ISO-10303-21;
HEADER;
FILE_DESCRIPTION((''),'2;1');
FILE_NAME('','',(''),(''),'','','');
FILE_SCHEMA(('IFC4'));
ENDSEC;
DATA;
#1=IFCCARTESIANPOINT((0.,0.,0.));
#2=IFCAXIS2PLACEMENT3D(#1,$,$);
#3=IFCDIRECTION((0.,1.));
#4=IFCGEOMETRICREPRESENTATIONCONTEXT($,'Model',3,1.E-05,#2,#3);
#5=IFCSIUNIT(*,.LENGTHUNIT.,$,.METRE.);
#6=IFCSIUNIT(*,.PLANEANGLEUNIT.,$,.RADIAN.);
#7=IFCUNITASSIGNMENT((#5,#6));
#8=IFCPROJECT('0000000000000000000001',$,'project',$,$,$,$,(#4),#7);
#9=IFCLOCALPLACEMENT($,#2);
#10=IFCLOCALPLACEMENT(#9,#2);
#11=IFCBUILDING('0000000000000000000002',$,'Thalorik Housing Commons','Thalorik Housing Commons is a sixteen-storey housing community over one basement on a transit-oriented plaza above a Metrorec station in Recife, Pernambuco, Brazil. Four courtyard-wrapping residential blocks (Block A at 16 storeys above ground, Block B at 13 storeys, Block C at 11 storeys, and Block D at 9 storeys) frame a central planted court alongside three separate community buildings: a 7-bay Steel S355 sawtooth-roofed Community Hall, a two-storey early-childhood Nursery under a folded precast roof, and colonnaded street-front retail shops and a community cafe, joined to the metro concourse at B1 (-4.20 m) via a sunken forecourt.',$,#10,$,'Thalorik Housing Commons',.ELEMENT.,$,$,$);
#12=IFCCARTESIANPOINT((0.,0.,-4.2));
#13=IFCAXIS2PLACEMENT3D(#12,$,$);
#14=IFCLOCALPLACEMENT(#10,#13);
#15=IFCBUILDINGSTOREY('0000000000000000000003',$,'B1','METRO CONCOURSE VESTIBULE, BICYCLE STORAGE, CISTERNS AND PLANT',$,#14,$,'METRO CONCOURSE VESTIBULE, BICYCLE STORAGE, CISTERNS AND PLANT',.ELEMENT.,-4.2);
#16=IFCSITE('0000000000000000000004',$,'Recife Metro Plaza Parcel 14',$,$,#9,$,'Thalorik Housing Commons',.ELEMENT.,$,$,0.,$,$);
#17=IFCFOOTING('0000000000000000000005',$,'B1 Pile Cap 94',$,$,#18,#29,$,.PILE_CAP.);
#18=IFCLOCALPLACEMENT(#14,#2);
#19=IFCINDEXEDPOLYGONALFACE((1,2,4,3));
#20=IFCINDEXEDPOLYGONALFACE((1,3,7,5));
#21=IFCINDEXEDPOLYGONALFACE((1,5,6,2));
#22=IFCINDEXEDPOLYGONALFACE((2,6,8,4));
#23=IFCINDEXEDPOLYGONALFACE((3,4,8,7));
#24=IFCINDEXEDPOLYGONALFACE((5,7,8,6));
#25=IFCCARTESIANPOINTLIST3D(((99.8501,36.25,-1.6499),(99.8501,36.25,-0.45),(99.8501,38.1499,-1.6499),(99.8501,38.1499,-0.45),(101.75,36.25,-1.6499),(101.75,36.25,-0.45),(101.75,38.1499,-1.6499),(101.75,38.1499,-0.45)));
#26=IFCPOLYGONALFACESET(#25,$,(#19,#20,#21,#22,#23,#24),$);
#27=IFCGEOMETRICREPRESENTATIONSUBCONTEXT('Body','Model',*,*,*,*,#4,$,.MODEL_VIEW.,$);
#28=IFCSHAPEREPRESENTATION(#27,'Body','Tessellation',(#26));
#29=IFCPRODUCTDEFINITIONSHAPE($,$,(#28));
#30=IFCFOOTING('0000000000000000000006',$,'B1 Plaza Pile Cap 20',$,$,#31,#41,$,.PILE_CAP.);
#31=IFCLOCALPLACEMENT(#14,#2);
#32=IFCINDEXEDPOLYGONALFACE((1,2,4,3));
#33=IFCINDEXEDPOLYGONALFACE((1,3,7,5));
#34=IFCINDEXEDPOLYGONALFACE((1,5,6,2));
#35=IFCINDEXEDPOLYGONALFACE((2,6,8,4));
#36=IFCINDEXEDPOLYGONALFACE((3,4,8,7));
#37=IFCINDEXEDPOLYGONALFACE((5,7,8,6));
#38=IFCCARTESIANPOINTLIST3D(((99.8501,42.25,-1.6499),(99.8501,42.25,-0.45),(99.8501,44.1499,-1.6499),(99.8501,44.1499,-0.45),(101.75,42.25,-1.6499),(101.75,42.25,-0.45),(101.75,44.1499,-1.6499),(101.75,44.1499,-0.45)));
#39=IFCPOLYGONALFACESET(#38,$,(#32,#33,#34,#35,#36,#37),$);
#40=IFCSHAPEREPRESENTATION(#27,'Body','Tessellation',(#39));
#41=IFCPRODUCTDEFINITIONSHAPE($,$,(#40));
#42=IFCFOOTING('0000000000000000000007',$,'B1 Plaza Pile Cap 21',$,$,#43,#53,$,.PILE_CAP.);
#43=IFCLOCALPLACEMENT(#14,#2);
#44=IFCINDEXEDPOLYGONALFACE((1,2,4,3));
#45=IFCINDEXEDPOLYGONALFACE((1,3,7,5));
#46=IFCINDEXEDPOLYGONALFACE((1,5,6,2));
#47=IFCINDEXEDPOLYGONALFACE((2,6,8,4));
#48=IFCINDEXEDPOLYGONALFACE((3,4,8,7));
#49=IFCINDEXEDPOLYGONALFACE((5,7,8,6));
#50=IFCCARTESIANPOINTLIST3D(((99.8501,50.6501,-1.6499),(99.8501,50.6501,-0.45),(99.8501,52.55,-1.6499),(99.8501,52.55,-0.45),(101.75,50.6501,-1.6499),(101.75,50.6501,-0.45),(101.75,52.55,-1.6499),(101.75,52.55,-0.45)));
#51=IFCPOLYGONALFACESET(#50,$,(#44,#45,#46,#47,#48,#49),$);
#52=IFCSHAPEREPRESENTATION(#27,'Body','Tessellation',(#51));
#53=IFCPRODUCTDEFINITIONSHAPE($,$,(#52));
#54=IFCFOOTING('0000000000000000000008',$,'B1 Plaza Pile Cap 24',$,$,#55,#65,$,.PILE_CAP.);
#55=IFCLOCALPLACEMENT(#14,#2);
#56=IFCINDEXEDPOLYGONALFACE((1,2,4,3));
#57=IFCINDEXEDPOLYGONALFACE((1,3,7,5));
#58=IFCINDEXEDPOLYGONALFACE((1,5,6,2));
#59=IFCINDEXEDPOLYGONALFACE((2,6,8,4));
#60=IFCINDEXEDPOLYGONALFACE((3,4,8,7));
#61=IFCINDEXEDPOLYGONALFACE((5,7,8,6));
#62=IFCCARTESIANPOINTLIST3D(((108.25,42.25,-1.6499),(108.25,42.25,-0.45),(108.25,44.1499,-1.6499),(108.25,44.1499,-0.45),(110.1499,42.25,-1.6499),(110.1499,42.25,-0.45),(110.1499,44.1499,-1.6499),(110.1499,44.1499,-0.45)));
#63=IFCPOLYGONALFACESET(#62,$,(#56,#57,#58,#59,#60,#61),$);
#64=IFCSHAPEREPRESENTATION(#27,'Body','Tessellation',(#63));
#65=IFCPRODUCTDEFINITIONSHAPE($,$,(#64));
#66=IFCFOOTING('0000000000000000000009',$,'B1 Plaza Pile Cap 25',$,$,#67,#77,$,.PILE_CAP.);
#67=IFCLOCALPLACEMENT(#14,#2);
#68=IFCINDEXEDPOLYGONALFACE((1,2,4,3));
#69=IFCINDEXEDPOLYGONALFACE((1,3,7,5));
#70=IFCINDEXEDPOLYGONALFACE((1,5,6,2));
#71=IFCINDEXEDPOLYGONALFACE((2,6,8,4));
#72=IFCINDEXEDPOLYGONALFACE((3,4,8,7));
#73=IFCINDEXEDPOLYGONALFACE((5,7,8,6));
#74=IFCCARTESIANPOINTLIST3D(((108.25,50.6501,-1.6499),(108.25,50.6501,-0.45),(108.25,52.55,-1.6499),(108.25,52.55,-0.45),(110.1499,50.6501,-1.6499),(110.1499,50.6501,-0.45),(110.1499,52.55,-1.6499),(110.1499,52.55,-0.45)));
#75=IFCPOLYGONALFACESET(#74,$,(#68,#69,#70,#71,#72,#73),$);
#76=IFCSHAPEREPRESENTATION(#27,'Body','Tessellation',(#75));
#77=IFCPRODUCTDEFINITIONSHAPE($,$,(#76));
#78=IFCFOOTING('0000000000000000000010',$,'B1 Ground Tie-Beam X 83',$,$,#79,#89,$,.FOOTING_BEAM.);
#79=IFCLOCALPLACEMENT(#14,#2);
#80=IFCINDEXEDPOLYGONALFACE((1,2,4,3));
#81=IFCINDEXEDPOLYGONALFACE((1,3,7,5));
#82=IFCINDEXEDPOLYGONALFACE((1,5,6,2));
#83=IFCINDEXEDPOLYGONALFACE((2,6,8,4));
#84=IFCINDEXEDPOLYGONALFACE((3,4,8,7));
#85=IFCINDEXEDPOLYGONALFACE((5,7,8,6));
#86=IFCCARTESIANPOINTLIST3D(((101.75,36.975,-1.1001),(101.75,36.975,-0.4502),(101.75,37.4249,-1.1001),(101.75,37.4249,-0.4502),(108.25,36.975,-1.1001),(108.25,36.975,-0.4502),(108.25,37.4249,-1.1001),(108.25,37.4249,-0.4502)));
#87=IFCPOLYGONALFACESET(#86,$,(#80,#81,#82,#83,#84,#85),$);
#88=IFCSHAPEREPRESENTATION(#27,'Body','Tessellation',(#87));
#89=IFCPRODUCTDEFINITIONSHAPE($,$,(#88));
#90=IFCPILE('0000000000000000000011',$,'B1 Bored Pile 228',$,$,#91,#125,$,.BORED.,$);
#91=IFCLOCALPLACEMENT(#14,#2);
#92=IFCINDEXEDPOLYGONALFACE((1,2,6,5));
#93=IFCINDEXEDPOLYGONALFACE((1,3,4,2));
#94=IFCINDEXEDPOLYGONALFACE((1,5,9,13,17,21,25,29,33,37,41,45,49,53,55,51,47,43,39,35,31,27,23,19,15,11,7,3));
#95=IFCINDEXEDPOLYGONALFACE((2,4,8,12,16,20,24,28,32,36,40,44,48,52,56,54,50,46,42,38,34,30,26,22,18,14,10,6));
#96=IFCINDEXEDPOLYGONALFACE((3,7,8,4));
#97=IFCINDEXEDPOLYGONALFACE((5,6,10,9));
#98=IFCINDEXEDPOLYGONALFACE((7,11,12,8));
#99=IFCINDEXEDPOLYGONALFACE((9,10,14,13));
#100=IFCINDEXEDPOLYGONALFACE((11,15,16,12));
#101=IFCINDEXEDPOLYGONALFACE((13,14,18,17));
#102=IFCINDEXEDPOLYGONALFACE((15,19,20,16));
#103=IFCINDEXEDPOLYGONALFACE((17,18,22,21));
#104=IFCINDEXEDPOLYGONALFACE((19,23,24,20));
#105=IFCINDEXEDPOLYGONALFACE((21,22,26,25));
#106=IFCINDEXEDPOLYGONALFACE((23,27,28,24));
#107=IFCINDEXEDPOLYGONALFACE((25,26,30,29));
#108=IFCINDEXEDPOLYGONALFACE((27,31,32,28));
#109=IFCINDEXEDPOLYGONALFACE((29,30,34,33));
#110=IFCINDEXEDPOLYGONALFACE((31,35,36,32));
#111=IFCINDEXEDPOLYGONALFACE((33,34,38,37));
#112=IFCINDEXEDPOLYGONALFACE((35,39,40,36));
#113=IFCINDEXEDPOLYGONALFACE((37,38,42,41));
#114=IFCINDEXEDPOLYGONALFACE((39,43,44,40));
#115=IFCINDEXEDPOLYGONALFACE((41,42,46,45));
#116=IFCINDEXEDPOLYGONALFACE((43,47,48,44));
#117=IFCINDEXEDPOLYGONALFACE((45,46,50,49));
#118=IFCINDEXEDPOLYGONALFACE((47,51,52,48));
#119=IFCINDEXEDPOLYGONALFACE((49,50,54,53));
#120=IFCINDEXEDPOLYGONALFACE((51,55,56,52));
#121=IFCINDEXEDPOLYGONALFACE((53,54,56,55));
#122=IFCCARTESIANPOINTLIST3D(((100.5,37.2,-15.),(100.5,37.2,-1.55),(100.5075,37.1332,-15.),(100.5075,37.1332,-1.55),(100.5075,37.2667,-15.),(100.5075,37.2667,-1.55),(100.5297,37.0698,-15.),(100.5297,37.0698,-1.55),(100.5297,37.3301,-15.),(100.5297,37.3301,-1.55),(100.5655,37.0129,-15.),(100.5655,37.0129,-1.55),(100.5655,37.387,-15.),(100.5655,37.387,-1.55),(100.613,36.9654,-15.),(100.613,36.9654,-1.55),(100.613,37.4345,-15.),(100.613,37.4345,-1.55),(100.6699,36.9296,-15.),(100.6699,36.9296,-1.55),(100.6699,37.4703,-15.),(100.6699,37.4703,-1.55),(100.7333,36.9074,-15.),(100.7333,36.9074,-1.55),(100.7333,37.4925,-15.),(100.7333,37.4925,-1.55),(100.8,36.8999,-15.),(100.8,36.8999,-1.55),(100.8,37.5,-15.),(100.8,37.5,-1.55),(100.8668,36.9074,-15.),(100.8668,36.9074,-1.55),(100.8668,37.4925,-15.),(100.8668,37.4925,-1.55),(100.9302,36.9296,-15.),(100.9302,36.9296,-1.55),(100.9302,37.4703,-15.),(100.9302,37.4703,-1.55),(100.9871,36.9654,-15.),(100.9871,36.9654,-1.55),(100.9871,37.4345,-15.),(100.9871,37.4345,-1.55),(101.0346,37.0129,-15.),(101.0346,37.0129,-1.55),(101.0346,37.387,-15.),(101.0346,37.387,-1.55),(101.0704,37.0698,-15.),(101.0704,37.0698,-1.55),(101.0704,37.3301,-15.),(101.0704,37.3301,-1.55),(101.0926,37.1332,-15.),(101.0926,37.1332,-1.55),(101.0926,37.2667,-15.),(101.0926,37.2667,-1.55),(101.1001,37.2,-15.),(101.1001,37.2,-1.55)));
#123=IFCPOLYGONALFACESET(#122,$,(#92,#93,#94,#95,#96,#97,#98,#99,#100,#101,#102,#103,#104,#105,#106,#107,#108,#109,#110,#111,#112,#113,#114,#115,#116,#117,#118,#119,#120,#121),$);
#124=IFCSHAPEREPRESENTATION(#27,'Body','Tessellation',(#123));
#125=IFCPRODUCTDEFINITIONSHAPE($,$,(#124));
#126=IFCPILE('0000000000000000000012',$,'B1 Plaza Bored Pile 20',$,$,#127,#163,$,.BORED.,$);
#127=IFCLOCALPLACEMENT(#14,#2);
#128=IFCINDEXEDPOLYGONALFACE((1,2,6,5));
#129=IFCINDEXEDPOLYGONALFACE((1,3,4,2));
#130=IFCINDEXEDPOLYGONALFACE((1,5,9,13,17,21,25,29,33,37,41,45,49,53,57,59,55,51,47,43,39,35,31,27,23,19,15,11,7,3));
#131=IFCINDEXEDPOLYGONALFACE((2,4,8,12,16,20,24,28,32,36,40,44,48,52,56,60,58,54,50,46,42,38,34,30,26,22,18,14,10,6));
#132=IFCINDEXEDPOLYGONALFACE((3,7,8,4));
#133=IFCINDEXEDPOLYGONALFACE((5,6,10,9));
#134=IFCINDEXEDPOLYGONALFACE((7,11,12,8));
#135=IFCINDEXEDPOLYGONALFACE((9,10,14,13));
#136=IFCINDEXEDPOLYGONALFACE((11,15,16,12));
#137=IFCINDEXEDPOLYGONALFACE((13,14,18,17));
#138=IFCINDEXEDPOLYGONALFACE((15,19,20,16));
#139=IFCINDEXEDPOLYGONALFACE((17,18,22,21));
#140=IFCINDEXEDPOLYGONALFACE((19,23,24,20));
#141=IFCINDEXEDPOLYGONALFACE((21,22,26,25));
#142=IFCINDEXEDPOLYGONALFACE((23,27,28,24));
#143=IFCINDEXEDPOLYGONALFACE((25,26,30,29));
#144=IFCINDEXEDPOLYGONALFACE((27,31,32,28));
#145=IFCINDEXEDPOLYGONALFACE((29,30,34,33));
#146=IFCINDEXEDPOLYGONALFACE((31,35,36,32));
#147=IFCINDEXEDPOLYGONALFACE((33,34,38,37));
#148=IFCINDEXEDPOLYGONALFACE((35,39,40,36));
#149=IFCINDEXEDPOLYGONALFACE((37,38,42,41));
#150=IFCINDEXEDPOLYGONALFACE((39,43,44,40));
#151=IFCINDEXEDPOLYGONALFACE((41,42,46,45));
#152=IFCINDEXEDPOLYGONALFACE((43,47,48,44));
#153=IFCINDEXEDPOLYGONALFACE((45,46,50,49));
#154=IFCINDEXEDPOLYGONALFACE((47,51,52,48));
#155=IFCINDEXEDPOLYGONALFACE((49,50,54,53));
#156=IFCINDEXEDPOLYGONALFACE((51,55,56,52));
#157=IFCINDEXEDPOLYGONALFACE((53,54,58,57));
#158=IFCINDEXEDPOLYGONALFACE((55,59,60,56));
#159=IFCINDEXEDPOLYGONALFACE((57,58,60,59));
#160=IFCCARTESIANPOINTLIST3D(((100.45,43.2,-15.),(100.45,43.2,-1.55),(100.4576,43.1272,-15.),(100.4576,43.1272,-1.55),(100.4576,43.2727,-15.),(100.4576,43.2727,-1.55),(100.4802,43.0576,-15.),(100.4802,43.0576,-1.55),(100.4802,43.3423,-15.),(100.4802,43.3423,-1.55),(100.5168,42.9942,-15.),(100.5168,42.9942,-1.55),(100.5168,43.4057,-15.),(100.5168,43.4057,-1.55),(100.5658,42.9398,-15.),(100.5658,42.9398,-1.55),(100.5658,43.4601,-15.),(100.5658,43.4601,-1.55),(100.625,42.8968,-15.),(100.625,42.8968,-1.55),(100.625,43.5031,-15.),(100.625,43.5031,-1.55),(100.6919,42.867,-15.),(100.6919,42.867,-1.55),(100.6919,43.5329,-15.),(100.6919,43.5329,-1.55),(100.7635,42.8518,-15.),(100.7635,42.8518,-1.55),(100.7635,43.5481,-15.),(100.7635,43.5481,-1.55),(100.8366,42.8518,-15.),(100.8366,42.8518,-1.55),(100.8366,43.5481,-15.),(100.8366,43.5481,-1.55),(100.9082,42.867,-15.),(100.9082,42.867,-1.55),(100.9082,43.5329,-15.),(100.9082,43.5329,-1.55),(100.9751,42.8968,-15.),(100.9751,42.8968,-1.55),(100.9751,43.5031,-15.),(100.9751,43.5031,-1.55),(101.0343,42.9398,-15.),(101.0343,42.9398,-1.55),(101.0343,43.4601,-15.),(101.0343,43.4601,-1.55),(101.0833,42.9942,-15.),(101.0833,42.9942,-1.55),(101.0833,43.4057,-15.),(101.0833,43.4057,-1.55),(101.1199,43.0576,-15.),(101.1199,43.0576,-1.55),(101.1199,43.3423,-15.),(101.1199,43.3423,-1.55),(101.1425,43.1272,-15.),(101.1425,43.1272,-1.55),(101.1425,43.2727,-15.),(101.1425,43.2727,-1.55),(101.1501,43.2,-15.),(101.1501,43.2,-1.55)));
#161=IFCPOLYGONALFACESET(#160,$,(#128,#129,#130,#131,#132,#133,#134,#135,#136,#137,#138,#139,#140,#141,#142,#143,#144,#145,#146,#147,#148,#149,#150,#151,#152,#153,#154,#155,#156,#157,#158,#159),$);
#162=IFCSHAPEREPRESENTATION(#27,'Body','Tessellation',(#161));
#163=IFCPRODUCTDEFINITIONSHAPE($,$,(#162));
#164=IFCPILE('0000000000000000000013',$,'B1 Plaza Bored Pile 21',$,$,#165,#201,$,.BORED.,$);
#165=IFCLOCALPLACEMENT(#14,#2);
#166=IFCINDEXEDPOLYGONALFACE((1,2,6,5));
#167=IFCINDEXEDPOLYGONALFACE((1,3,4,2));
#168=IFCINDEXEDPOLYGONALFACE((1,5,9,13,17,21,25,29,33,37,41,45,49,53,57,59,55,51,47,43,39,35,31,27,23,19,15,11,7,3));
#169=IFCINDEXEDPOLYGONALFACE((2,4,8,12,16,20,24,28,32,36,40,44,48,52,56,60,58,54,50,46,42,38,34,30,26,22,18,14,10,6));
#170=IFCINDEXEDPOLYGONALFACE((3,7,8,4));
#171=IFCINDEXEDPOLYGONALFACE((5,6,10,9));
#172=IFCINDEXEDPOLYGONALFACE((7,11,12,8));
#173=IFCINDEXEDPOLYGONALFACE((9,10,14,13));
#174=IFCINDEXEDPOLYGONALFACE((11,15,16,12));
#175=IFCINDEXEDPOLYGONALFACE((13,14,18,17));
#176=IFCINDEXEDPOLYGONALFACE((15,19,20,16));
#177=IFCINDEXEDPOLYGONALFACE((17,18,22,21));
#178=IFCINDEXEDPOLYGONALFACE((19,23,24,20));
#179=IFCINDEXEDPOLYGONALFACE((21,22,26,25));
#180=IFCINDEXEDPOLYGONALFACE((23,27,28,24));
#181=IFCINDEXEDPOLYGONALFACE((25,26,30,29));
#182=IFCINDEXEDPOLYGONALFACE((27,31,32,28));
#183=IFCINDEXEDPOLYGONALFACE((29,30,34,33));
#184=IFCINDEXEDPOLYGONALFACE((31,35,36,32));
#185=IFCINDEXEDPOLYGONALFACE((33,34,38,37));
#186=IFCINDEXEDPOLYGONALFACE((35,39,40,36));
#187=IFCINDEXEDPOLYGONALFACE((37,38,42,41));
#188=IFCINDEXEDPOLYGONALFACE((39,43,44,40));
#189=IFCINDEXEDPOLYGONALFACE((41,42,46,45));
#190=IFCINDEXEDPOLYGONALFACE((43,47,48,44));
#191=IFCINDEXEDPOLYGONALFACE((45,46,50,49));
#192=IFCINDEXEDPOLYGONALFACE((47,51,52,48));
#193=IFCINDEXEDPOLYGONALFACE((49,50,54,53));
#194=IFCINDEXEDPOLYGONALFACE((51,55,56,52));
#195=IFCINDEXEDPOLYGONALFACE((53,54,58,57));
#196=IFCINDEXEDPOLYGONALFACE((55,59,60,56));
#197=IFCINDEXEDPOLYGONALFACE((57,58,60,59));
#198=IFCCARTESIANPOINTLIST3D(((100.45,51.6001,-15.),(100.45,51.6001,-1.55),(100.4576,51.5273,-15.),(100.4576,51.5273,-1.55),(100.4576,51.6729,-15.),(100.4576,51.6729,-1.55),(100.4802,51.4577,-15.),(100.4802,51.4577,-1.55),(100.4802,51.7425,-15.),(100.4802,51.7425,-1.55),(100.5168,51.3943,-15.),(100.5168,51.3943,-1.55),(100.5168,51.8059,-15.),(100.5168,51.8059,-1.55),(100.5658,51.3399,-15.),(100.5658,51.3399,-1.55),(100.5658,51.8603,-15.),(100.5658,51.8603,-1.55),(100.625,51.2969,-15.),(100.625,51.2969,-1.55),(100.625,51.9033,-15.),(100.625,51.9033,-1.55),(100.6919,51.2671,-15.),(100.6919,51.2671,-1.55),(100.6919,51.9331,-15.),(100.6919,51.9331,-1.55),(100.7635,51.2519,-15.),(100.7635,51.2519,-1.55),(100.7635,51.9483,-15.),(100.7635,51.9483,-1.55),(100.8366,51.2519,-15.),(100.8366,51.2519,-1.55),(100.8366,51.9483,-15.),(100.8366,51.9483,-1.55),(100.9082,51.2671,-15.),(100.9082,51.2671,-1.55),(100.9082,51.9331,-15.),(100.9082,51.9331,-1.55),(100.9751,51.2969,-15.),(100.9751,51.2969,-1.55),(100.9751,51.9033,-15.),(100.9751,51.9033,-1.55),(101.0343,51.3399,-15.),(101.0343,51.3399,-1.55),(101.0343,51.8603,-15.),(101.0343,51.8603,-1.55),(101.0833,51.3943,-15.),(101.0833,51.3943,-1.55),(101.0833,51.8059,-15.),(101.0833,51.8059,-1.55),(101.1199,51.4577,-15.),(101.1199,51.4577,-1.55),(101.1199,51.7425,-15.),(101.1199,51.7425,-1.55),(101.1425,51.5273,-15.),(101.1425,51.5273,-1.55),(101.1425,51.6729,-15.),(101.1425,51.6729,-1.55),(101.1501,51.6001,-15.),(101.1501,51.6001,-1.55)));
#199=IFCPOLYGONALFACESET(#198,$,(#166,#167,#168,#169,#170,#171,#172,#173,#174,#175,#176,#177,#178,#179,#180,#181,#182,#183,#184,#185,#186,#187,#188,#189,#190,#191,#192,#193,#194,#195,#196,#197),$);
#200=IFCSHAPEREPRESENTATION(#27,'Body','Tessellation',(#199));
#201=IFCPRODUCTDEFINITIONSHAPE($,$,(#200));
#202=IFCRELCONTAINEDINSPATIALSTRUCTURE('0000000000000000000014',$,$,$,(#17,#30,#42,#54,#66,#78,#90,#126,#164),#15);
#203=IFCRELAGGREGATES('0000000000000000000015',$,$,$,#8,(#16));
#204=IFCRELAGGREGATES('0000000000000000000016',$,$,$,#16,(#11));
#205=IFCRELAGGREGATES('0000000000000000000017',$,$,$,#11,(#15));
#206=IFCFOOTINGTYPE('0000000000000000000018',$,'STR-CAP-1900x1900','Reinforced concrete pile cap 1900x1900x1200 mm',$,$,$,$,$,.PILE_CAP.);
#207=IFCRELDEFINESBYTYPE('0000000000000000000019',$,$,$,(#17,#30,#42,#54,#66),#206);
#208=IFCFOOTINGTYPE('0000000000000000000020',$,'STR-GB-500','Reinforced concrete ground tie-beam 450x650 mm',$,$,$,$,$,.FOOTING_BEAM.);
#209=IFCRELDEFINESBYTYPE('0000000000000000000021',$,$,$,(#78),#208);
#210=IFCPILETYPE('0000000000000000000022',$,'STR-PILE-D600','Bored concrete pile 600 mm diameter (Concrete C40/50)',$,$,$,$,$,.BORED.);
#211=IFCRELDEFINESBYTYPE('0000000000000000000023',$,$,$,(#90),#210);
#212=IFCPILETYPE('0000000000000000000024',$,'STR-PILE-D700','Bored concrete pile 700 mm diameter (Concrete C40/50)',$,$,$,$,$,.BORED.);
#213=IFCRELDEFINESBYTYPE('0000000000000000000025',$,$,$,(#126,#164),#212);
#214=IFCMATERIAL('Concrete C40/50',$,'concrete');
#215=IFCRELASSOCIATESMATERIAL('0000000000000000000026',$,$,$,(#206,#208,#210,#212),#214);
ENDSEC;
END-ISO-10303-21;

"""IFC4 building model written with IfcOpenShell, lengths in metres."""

from ifc_helpers import new_model, si_unit, direction, frame, origin, origin_2d, place, context, subcontext, project, spatial, rectangle, circle, extrude, material, material_profile, profile_set, type_object, element, save


model = new_model("IFC4")

# Units and contexts
model_context = context("Model", 3, precision=1e-05, world=origin(), true_north=direction((0.0, 1.0)))
body_context = subcontext(model_context, "Body", "Model", "MODEL_VIEW")
ifc_project = project(units=[si_unit("LENGTHUNIT", "METRE"), si_unit("PLANEANGLEUNIT", "RADIAN")], contexts=[model_context])

# Site, building, storey
site_placement = place(None, origin())
site = spatial("IfcSite", under=ifc_project, at=site_placement, Name="Recife Metro Plaza Parcel 14", LongName="Thalorik Housing Commons", CompositionType="ELEMENT", RefElevation=0.0)
building_placement = place(site_placement, origin())
building = spatial("IfcBuilding", under=site, at=building_placement, Name="Thalorik Housing Commons", Description="Thalorik Housing Commons is a sixteen-storey housing community over one basement on a transit-oriented plaza above a Metrorec station in Recife, Pernambuco, Brazil. Four courtyard-wrapping residential blocks (Block A at 16 storeys above ground, Block B at 13 storeys, Block C at 11 storeys, and Block D at 9 storeys) frame a central planted court alongside three separate community buildings: a 7-bay Steel S355 sawtooth-roofed Community Hall, a two-storey early-childhood Nursery under a folded precast roof, and colonnaded street-front retail shops and a community cafe, joined to the metro concourse at B1 (-4.20 m) via a sunken forecourt.", LongName="Thalorik Housing Commons", CompositionType="ELEMENT")
storey_placement = place(building_placement, frame((0.0, 0.0, -4.2)))
storey = spatial("IfcBuildingStorey", under=building, at=storey_placement, Name="B1", Description="METRO CONCOURSE VESTIBULE, BICYCLE STORAGE, CISTERNS AND PLANT", LongName="METRO CONCOURSE VESTIBULE, BICYCLE STORAGE, CISTERNS AND PLANT", CompositionType="ELEMENT", Elevation=-4.2)

# Footings
ifc_material_1 = material(Name="Concrete C40/50", Category="concrete")
footing_type_1 = type_object("IfcFootingType", Name="STR-CAP-1900x1900", Description="Reinforced concrete pile cap 1900x1900x1200 mm", PredefinedType="PILE_CAP", material=ifc_material_1)
for number, where, z_axis, x_axis, name in (
    (1, (100.8, 37.2, -1.6499), (0.0, 0.0, 1.0), (1.0, 0.0, 0.0), "B1 Pile Cap 94"),
    (2, (100.8, 43.2, -1.6499), (0.0, 0.0, 1.0), (1.0, 0.0, 0.0), "B1 Plaza Pile Cap 20"),
    (3, (100.8, 51.6001, -1.6499), (0.0, 0.0, 1.0), (1.0, 0.0, 0.0), "B1 Plaza Pile Cap 21"),
    (4, (109.2, 43.2, -1.6499), (0.0, 0.0, 1.0), (1.0, 0.0, 0.0), "B1 Plaza Pile Cap 24"),
    (5, (109.2, 51.6001, -1.6499), (0.0, 0.0, 1.0), (1.0, 0.0, 0.0), "B1 Plaza Pile Cap 25"),
):
    element("IfcFooting", number, at=place(storey_placement, frame(where, z_axis=z_axis, x_axis=x_axis)), inside=storey, type_object=footing_type_1, Name=name, PredefinedType="PILE_CAP", context=body_context, shape_type="SweptSolid", body=[
        extrude(rectangle(XDim=1.8999, YDim=1.8999, at=origin_2d()), origin(), (0.0, 0.0, 1.0), 1.2),
    ])
ifc_material_profile_1 = material_profile(ifc_material_1, rectangle(XDim=0.45, YDim=0.6499, at=origin_2d()), Name="RC 450x650", Category="concrete")
ifc_profile_set_1 = profile_set([ifc_material_profile_1], Name="Concrete C40/50")
footing_type_2 = type_object("IfcFootingType", Name="STR-GB-500", Description="Reinforced concrete ground tie-beam 450x650 mm", PredefinedType="FOOTING_BEAM", material=ifc_profile_set_1)
footing_placement = place(storey_placement, frame((101.75, 37.2, -0.7751), z_axis=(1.0, 0.0, 0.0), x_axis=(0.0, 1.0, 0.0)))
element("IfcFooting", 6, at=footing_placement, inside=storey, type_object=footing_type_2, Name="B1 Ground Tie-Beam X 83", PredefinedType="FOOTING_BEAM", context=body_context, shape_type="SweptSolid", body=[
    extrude(rectangle(XDim=0.45, YDim=0.6499, at=origin_2d()), origin(), (0.0, 0.0, 1.0), 6.5),
])

# Piles
ifc_material_profile_2 = material_profile(ifc_material_1, circle(Radius=0.3, at=origin_2d()), Name="BORED PILE D600", Category="concrete")
ifc_profile_set_2 = profile_set([ifc_material_profile_2], Name="Concrete C40/50")
pile_type_1 = type_object("IfcPileType", Name="STR-PILE-D600", Description="Bored concrete pile 600 mm diameter (Concrete C40/50)", PredefinedType="BORED", material=ifc_profile_set_2)
pile_placement = place(storey_placement, frame((100.8, 37.2, -1.55), z_axis=(0.0, 0.0, -1.0), x_axis=(1.0, 0.0, 0.0)))
element("IfcPile", 7, at=pile_placement, inside=storey, type_object=pile_type_1, Name="B1 Bored Pile 228", PredefinedType="BORED", context=body_context, shape_type="SweptSolid", body=[
    extrude(circle(Radius=0.3, at=origin_2d()), origin(), (0.0, 0.0, 1.0), 13.45),
])
ifc_material_profile_3 = material_profile(ifc_material_1, circle(Radius=0.3501, at=origin_2d()), Name="BORED PILE D700", Category="concrete")
ifc_profile_set_3 = profile_set([ifc_material_profile_3], Name="Concrete C40/50")
pile_type_2 = type_object("IfcPileType", Name="STR-PILE-D700", Description="Bored concrete pile 700 mm diameter (Concrete C40/50)", PredefinedType="BORED", material=ifc_profile_set_3)
for number, where, z_axis, x_axis, name in (
    (8, (100.8, 43.2, -1.55), (0.0, 0.0, -1.0), (1.0, 0.0, 0.0), "B1 Plaza Bored Pile 20"),
    (9, (100.8, 51.6001, -1.55), (0.0, 0.0, -1.0), (1.0, 0.0, 0.0), "B1 Plaza Bored Pile 21"),
):
    element("IfcPile", number, at=place(storey_placement, frame(where, z_axis=z_axis, x_axis=x_axis)), inside=storey, type_object=pile_type_2, Name=name, PredefinedType="BORED", context=body_context, shape_type="SweptSolid", body=[
        extrude(circle(Radius=0.3501, at=origin_2d()), origin(), (0.0, 0.0, 1.0), 13.45),
    ])

save(model, "model.ifc")
